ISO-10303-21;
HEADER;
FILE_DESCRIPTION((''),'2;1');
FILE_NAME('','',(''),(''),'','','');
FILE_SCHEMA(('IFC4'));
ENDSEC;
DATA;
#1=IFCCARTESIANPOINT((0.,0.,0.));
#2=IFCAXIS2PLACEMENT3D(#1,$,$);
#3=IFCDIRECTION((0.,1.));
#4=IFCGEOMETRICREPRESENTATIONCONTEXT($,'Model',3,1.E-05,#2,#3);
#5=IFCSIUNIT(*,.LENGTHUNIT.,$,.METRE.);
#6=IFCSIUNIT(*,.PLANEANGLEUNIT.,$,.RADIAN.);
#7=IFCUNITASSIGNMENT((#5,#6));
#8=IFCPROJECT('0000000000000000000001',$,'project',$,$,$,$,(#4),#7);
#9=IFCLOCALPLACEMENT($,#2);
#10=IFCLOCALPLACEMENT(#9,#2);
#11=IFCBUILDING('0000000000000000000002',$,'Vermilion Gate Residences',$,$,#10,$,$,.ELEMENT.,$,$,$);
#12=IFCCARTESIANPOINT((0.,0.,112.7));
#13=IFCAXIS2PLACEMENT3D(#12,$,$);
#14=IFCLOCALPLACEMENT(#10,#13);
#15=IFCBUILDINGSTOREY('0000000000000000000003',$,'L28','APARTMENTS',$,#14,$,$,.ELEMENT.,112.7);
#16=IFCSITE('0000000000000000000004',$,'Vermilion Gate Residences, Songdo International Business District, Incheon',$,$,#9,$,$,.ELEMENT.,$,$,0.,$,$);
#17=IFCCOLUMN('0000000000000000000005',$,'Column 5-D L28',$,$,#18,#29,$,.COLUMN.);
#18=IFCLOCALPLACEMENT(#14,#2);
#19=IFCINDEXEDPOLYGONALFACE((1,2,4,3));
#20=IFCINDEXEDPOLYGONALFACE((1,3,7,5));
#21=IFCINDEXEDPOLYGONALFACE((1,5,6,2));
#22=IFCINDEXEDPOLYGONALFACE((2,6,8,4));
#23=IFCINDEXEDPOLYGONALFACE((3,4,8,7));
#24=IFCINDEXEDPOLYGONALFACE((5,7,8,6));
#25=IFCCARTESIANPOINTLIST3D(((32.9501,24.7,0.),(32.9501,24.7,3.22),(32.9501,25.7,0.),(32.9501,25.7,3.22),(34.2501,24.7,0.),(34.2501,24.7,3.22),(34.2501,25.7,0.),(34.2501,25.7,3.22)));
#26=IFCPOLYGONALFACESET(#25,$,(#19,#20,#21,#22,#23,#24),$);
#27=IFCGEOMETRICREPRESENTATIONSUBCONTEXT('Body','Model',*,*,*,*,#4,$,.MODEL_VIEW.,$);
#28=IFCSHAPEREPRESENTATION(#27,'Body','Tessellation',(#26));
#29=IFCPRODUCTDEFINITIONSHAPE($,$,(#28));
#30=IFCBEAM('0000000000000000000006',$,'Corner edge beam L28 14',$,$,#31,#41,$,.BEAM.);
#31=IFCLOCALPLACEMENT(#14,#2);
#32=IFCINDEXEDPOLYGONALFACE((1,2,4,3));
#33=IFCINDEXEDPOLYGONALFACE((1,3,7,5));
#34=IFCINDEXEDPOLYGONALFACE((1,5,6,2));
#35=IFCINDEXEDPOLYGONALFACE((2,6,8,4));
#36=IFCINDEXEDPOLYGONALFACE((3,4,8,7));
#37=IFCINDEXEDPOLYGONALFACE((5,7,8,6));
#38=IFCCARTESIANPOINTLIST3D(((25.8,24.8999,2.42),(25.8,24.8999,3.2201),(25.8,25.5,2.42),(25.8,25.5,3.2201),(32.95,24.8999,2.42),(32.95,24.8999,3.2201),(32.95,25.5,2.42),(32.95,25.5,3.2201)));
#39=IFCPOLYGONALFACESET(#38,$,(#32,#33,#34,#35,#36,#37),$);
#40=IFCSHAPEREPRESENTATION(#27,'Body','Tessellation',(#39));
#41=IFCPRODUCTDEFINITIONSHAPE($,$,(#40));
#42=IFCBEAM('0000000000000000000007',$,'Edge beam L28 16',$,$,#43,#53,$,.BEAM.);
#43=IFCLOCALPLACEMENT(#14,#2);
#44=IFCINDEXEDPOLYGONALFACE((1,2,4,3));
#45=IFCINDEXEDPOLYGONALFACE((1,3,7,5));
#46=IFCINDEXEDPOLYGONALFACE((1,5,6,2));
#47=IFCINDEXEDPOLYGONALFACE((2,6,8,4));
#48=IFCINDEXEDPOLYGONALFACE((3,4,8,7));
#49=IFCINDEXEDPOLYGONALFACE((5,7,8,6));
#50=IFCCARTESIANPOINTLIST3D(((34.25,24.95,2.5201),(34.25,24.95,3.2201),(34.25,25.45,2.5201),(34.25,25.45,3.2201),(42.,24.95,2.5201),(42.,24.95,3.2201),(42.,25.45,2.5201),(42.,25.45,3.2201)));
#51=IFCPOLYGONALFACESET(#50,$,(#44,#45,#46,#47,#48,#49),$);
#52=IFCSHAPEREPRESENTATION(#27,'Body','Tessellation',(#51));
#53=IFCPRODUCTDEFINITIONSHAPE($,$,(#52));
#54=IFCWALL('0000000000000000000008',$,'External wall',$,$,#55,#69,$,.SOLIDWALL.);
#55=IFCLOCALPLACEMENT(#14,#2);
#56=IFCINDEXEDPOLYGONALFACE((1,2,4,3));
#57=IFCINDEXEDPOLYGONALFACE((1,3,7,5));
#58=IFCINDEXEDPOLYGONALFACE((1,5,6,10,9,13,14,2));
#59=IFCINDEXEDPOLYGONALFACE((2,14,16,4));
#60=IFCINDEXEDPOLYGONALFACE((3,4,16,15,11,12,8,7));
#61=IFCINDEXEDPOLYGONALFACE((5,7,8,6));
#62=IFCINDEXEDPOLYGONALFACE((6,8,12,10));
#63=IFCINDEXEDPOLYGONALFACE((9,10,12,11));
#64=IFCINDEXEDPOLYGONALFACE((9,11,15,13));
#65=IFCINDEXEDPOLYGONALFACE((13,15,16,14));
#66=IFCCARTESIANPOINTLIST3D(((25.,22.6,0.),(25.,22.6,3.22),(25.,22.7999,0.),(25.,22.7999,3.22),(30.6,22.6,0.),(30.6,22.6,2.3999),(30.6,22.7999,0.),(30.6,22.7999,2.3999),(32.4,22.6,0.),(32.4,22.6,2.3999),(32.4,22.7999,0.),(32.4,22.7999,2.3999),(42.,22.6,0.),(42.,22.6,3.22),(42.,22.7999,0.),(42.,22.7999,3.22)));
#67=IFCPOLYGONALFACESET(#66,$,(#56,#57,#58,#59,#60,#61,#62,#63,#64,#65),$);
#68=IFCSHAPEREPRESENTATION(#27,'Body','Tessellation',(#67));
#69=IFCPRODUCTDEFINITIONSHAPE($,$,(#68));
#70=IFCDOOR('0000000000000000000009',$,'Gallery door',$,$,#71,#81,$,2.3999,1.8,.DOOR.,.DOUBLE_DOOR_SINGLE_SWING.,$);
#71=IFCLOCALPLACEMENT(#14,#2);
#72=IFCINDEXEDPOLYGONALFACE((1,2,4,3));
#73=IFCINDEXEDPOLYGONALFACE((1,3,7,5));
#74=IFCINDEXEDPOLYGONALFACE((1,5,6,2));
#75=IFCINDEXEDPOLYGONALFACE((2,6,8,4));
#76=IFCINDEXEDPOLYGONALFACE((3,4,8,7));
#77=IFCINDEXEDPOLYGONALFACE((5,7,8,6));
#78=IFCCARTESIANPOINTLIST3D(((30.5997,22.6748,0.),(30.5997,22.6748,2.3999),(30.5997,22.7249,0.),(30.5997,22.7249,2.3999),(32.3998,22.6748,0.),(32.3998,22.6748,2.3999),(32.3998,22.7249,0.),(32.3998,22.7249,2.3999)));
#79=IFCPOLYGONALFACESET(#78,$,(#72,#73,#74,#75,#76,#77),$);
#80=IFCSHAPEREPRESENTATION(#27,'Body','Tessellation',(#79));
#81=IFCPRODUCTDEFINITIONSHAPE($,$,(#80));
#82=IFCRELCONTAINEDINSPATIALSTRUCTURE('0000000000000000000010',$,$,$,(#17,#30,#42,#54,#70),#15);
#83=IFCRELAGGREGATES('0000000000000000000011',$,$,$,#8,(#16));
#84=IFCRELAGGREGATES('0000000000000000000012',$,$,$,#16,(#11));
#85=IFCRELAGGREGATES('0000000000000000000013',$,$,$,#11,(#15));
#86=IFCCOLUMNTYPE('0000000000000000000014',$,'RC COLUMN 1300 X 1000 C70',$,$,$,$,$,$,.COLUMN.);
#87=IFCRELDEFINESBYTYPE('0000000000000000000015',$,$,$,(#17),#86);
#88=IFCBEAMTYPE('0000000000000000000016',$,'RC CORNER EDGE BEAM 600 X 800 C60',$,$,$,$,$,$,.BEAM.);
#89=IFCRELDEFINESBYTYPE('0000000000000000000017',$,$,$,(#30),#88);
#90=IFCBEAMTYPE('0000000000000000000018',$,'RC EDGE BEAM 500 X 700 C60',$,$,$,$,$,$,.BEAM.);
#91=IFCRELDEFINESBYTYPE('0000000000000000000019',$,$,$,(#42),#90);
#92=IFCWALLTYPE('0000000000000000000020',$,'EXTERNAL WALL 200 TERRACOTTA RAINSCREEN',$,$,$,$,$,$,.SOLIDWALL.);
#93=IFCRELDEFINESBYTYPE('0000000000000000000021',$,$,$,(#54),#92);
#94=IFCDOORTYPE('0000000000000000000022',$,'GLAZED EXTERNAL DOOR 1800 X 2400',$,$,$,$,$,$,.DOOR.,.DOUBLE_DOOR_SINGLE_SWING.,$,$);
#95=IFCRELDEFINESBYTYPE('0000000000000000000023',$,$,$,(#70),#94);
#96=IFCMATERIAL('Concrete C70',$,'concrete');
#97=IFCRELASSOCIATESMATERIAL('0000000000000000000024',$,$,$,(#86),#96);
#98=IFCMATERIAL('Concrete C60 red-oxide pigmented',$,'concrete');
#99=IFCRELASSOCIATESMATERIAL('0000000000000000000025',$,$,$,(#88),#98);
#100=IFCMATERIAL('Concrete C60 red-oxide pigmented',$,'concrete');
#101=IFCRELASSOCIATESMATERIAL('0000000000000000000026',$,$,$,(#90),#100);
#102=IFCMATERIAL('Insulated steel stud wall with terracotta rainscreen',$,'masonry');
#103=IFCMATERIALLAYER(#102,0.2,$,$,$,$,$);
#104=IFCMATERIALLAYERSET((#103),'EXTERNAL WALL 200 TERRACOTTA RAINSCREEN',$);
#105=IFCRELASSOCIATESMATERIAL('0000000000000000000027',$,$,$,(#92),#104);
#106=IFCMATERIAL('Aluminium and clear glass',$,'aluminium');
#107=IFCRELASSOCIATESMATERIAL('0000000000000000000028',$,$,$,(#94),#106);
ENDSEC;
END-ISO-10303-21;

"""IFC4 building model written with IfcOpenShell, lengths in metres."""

from ifc_helpers import new_model, si_unit, direction, frame, frame_2d, origin, origin_2d, place, context, subcontext, project, spatial, rectangle, extrude, material, layer, layer_set, material_profile, profile_set, type_object, element, fill, save


model = new_model("IFC4")

# Units and contexts
model_context = context("Model", 3, precision=1e-05, world=origin(), true_north=direction((0.0, 1.0)))
body_context = subcontext(model_context, "Body", "Model", "MODEL_VIEW")
ifc_project = project(units=[si_unit("LENGTHUNIT", "METRE"), si_unit("PLANEANGLEUNIT", "RADIAN")], contexts=[model_context])

# Site, building, storey
site_placement = place(None, origin())
site = spatial("IfcSite", under=ifc_project, at=site_placement, Name="Vermilion Gate Residences, Songdo International Business District, Incheon", CompositionType="ELEMENT", RefElevation=0.0)
building_placement = place(site_placement, origin())
building = spatial("IfcBuilding", under=site, at=building_placement, Name="Vermilion Gate Residences", CompositionType="ELEMENT")
storey_placement = place(building_placement, frame((0.0, 0.0, 112.7)))
storey = spatial("IfcBuildingStorey", under=building, at=storey_placement, Name="L28", Description="APARTMENTS", CompositionType="ELEMENT", Elevation=112.7)

# Column
ifc_material_1 = material(Name="Concrete C70", Category="concrete")
ifc_material_profile_1 = material_profile(ifc_material_1, rectangle(XDim=1.3, YDim=1.0, at=origin_2d()), Name="RC-1300x1000")
ifc_profile_set_1 = profile_set([ifc_material_profile_1], Name="Concrete C70")
column_type = type_object("IfcColumnType", Name="RC COLUMN 1300 X 1000 C70", PredefinedType="COLUMN", material=ifc_profile_set_1)
column_placement = place(storey_placement, frame((33.6001, 25.2, 0.0), z_axis=(0.0, 0.0, 1.0), x_axis=(1.0, 0.0, 0.0)))
element("IfcColumn", 1, at=column_placement, inside=storey, type_object=column_type, Name="Column 5-D L28", PredefinedType="COLUMN", context=body_context, shape_type="SweptSolid", body=[
    extrude(rectangle(XDim=1.3, YDim=1.0, at=origin_2d()), origin(), (0.0, 0.0, 1.0), 3.22),
])

# Beams
ifc_material_2 = material(Name="Concrete C60 red-oxide pigmented", Category="concrete")
ifc_material_profile_2 = material_profile(ifc_material_2, rectangle(XDim=0.6001, YDim=0.8, at=origin_2d()), Name="RC-600x800")
ifc_profile_set_2 = profile_set([ifc_material_profile_2], Name="Concrete C60 red-oxide pigmented")
beam_type_1 = type_object("IfcBeamType", Name="RC CORNER EDGE BEAM 600 X 800 C60", PredefinedType="BEAM", material=ifc_profile_set_2)
beam_1_placement = place(storey_placement, frame((25.8, 25.2, 2.8201), z_axis=(1.0, 0.0, 0.0), x_axis=(0.0, 1.0, 0.0)))
element("IfcBeam", 2, at=beam_1_placement, inside=storey, type_object=beam_type_1, Name="Corner edge beam L28 14", PredefinedType="BEAM", context=body_context, shape_type="SweptSolid", body=[
    extrude(rectangle(XDim=0.6001, YDim=0.8, at=origin_2d()), origin(), (0.0, 0.0, 1.0), 7.1499),
])
ifc_material_3 = material(Name="Concrete C60 red-oxide pigmented", Category="concrete")
ifc_material_profile_3 = material_profile(ifc_material_3, rectangle(XDim=0.5, YDim=0.7, at=origin_2d()), Name="RC-500x700")
ifc_profile_set_3 = profile_set([ifc_material_profile_3], Name="Concrete C60 red-oxide pigmented")
beam_type_2 = type_object("IfcBeamType", Name="RC EDGE BEAM 500 X 700 C60", PredefinedType="BEAM", material=ifc_profile_set_3)
beam_2_placement = place(storey_placement, frame((34.25, 25.2, 2.8701), z_axis=(1.0, 0.0, 0.0), x_axis=(0.0, 1.0, 0.0)))
element("IfcBeam", 3, at=beam_2_placement, inside=storey, type_object=beam_type_2, Name="Edge beam L28 16", PredefinedType="BEAM", context=body_context, shape_type="SweptSolid", body=[
    extrude(rectangle(XDim=0.5, YDim=0.7, at=origin_2d()), origin(), (0.0, 0.0, 1.0), 7.75),
])

# Wall, opening, door
ifc_material_4 = material(Name="Insulated steel stud wall with terracotta rainscreen", Category="masonry")
ifc_layer_1 = layer(ifc_material_4, 0.2)
ifc_layer_set_1 = layer_set([ifc_layer_1], Name="EXTERNAL WALL 200 TERRACOTTA RAINSCREEN")
wall_type_1 = type_object("IfcWallType", Name="EXTERNAL WALL 200 TERRACOTTA RAINSCREEN", PredefinedType="SOLIDWALL", material=ifc_layer_set_1)
wall_1_placement = place(storey_placement, frame((42.0, 22.7, 0.0), z_axis=(0.0, 0.0, 1.0), x_axis=(-1.0, 0.0, 0.0)))
wall_1 = element("IfcWall", 4, at=wall_1_placement, inside=storey, type_object=wall_type_1, Name="External wall", PredefinedType="SOLIDWALL", context=body_context, shape_type="SweptSolid", body=[
    extrude(rectangle(XDim=17.0, YDim=0.2, at=frame_2d((8.5, 0.0))), origin(), (0.0, 0.0, 1.0), 3.22),
])
opening_1_placement = place(wall_1_placement, frame((9.6001, 0.0, 0.0)))
opening_1 = element("IfcOpeningElement", 5, at=opening_1_placement, cuts=wall_1, PredefinedType="OPENING", context=body_context, shape_type="SweptSolid", body=[
    extrude(rectangle(XDim=1.8, YDim=2.3999, at=frame_2d((0.8999, 1.2))), frame((0.0, 0.1099, 0.0), z_axis=(0.0, -1.0, 0.0), x_axis=(1.0, 0.0, 0.0)), (0.0, 0.0, 1.0), 0.22),
])
ifc_material_5 = material(Name="Aluminium and clear glass", Category="aluminium")
door_type = type_object("IfcDoorType", Name="GLAZED EXTERNAL DOOR 1800 X 2400", OperationType="DOUBLE_DOOR_SINGLE_SWING", PredefinedType="DOOR", material=ifc_material_5)
door_placement = place(opening_1_placement, frame((1.8, 0.0, 0.0), z_axis=(0.0, 0.0, 1.0), x_axis=(-1.0, 0.0, 0.0)))
door = element("IfcDoor", 6, at=door_placement, inside=storey, type_object=door_type, Name="Gallery door", OperationType="DOUBLE_DOOR_SINGLE_SWING", OverallHeight=2.3999, OverallWidth=1.8, PredefinedType="DOOR", context=body_context, shape_type="SweptSolid", body=[
    extrude(rectangle(XDim=1.8, YDim=2.3999, at=frame_2d((0.8999, 1.2))), frame((0.0, 0.0249, 0.0), z_axis=(0.0, -1.0, 0.0), x_axis=(1.0, 0.0, 0.0)), (0.0, 0.0, 1.0), 0.05),
])
fill(opening_1, door)

save(model, "model.ifc")
